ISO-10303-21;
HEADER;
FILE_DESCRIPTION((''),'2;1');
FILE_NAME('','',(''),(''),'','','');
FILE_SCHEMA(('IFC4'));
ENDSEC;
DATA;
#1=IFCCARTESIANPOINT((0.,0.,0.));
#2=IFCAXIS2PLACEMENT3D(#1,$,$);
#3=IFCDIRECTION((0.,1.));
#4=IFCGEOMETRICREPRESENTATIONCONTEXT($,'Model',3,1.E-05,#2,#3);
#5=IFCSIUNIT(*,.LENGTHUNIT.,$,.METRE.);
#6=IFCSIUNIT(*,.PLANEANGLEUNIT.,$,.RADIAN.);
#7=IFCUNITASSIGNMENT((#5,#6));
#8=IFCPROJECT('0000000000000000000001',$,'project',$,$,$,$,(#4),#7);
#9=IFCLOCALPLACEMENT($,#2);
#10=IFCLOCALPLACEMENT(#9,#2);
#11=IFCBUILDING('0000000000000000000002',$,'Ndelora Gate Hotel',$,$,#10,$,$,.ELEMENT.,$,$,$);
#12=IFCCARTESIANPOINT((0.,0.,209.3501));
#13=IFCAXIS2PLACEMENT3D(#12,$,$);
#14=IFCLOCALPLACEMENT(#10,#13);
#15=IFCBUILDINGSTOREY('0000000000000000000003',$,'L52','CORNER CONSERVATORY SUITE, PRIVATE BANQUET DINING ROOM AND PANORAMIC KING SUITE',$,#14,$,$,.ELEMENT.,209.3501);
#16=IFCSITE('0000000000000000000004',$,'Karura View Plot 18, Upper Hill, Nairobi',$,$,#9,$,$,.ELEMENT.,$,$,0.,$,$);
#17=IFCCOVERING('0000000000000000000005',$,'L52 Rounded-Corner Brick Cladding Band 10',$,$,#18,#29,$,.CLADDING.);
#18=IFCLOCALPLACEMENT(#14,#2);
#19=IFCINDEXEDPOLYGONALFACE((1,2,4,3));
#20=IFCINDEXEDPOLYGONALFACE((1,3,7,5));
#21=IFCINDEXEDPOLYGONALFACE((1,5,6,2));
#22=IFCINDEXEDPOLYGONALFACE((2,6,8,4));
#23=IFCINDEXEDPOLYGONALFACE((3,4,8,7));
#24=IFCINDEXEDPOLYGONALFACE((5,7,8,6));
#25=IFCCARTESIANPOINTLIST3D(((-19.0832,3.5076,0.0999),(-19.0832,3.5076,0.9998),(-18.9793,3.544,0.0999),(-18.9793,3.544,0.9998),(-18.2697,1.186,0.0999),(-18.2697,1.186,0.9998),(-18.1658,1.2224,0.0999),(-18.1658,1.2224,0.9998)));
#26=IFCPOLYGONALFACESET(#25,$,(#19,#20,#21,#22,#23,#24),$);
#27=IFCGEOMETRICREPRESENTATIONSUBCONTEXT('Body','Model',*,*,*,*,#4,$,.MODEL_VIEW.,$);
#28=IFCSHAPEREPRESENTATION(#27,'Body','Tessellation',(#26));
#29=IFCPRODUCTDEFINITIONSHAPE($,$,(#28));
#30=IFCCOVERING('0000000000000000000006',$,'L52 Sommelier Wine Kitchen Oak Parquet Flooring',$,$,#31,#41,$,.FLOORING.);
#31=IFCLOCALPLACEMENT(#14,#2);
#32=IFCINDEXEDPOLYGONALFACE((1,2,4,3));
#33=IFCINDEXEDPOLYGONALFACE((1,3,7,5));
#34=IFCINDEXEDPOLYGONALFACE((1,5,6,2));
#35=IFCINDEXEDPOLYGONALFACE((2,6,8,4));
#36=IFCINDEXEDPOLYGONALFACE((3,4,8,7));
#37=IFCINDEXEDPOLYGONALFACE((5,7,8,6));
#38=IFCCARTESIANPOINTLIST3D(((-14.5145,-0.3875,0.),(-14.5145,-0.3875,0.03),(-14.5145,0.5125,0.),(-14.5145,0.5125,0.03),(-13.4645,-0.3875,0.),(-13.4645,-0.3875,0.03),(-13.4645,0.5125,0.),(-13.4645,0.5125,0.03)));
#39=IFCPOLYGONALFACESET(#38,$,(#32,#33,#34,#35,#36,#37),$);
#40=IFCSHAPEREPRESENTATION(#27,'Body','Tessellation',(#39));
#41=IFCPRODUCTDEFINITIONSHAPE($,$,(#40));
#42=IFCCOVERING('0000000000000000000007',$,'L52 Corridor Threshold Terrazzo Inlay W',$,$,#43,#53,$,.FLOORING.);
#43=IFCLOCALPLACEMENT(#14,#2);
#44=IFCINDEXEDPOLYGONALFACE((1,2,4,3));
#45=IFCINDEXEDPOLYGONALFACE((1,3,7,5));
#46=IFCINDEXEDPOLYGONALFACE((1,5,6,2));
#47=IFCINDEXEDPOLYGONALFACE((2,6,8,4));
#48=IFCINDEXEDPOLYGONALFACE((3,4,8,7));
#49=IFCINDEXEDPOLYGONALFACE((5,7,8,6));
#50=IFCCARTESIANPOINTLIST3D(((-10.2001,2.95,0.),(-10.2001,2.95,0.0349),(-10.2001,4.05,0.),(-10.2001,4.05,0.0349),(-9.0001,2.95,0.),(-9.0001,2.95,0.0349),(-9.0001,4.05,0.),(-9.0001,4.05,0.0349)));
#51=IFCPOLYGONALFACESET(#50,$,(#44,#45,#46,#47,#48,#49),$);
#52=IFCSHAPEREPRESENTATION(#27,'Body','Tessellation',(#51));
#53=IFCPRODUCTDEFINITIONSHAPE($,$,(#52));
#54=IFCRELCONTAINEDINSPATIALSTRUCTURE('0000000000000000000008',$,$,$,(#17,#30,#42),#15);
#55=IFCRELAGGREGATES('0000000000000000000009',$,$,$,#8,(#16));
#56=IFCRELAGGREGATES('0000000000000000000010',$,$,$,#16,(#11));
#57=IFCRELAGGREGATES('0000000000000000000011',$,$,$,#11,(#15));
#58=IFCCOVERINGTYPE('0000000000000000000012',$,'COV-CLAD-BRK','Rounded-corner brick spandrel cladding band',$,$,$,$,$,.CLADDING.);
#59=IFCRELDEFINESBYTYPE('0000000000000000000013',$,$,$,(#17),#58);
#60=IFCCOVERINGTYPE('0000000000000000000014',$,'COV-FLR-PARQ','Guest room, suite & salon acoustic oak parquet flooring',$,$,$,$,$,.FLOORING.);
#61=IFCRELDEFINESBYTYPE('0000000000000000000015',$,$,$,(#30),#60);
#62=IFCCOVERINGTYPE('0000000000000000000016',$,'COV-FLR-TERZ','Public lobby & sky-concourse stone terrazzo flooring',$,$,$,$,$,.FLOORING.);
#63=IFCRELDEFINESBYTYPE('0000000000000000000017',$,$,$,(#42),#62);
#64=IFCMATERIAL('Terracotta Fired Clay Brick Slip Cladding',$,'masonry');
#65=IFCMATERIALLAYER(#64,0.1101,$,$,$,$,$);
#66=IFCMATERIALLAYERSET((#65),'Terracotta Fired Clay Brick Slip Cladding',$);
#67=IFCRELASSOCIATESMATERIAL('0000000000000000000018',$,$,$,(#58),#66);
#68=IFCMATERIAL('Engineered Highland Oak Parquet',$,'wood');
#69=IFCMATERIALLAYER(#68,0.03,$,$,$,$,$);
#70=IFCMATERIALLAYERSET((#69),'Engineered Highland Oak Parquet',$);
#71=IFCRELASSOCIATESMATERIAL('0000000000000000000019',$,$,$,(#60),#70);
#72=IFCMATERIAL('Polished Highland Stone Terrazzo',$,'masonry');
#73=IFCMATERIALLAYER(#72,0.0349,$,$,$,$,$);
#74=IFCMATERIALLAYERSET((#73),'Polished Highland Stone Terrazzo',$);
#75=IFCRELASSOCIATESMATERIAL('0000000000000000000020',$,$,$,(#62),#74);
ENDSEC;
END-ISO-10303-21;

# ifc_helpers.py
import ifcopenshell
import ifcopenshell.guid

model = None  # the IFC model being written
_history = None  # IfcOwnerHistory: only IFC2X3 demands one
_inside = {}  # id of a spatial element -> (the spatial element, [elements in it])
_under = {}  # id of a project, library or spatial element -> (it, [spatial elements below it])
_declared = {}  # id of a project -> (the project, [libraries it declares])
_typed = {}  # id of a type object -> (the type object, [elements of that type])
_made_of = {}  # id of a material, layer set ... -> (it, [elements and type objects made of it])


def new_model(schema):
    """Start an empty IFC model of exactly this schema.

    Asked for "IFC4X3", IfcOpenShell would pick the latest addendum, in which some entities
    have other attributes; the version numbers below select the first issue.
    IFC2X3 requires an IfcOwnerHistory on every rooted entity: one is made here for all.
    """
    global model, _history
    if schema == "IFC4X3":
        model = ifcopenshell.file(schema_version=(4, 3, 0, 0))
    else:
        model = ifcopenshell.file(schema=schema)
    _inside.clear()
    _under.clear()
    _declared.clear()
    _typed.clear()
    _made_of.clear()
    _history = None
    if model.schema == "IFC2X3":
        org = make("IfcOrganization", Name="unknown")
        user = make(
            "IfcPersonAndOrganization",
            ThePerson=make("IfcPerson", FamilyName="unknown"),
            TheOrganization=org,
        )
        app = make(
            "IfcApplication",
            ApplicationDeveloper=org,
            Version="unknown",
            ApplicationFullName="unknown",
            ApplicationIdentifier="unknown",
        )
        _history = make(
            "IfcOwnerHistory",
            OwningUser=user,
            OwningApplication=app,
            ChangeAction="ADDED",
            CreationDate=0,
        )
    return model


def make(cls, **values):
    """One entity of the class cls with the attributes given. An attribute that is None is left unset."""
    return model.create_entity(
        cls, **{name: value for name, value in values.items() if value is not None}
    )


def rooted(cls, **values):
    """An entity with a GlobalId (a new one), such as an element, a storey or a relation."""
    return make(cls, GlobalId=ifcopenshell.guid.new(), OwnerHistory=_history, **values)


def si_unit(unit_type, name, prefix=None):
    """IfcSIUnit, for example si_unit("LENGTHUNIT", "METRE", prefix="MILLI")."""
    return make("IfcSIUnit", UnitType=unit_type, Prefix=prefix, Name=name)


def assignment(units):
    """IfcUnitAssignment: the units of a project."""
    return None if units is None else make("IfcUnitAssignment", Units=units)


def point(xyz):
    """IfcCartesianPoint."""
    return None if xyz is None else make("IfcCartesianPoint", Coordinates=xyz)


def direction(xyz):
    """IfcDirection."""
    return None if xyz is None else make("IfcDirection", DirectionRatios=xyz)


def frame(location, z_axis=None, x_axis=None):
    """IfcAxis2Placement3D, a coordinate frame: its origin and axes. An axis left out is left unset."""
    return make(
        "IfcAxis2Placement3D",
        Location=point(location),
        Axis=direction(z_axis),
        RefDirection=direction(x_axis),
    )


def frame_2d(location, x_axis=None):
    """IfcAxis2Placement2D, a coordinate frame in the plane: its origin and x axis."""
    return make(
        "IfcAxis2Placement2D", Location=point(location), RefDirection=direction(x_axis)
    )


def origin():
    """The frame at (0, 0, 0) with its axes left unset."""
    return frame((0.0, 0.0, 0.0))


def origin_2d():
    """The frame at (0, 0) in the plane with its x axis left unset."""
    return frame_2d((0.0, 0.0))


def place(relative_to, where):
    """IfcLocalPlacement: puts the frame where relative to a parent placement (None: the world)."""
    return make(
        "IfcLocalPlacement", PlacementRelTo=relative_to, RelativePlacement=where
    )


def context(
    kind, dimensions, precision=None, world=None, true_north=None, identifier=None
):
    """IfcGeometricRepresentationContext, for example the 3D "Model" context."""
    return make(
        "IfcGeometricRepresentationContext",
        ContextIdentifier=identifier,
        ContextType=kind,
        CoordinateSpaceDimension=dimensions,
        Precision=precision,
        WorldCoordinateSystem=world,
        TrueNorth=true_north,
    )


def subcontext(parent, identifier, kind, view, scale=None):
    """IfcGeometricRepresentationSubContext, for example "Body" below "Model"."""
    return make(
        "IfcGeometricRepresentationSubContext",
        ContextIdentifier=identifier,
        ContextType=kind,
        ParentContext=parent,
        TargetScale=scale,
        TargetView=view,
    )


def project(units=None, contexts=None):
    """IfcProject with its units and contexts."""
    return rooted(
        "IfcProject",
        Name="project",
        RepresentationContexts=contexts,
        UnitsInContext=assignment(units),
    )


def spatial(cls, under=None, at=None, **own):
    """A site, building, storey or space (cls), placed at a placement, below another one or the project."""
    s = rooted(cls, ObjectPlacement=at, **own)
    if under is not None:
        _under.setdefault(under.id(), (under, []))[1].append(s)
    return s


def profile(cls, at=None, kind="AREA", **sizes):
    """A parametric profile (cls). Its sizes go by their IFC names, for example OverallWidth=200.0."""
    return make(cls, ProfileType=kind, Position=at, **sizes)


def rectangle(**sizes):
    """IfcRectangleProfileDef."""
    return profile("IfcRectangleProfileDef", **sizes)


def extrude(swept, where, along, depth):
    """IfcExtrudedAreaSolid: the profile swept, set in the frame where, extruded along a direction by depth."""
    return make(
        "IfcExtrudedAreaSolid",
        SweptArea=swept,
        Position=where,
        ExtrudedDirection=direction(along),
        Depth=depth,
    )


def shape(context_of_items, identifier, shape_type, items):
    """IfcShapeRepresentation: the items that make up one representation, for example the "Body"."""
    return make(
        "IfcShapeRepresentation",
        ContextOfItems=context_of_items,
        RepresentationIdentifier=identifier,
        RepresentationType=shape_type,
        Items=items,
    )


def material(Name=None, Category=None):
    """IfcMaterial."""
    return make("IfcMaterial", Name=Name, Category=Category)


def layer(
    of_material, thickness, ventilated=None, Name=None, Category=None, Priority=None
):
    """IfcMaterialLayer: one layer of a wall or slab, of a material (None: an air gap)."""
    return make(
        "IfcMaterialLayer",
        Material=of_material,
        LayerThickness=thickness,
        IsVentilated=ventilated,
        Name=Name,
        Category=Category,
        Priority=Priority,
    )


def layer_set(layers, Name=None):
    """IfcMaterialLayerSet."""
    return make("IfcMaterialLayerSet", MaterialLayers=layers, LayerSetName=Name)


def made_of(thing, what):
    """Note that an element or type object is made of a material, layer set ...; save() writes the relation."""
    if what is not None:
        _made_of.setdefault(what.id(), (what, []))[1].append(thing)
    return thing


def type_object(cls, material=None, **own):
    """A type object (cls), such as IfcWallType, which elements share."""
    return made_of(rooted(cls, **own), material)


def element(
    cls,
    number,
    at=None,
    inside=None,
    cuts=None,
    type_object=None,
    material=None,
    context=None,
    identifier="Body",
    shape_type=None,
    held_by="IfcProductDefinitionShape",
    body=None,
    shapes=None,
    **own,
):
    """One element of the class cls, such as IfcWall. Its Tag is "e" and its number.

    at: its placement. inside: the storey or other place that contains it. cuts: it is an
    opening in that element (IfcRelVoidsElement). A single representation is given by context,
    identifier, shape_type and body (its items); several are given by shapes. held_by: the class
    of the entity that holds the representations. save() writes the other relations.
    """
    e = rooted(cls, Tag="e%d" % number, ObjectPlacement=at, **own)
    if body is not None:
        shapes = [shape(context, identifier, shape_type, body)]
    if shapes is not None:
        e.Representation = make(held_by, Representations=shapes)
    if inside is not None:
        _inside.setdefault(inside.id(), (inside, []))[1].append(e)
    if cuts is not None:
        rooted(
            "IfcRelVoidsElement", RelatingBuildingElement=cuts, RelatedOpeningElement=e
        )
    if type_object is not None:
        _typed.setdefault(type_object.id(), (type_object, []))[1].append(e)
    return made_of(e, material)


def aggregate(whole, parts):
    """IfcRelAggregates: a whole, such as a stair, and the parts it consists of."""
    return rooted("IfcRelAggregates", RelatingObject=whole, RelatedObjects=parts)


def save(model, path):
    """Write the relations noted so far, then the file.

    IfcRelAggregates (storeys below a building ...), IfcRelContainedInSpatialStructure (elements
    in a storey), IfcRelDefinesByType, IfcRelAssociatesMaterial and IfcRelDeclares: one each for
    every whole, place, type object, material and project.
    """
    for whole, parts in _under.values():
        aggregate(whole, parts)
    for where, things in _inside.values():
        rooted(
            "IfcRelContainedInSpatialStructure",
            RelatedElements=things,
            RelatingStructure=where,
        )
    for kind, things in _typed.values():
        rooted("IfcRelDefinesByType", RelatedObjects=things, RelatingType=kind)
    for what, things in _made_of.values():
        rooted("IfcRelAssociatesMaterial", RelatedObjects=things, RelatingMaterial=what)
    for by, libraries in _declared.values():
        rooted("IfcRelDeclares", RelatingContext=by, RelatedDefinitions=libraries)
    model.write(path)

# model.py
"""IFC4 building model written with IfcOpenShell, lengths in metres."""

from ifc_helpers import new_model, si_unit, direction, frame, origin, origin_2d, place, context, subcontext, project, spatial, rectangle, extrude, material, layer, layer_set, type_object, element, save


model = new_model("IFC4")

# Units and contexts
model_context = context("Model", 3, precision=1e-05, world=origin(), true_north=direction((0.0, 1.0)))
body_context = subcontext(model_context, "Body", "Model", "MODEL_VIEW")
ifc_project = project(units=[si_unit("LENGTHUNIT", "METRE"), si_unit("PLANEANGLEUNIT", "RADIAN")], contexts=[model_context])

# Site, building, storey
site_placement = place(None, origin())
site = spatial("IfcSite", under=ifc_project, at=site_placement, Name="Karura View Plot 18, Upper Hill, Nairobi", CompositionType="ELEMENT", RefElevation=0.0)
building_placement = place(site_placement, origin())
building = spatial("IfcBuilding", under=site, at=building_placement, Name="Ndelora Gate Hotel", CompositionType="ELEMENT")
storey_placement = place(building_placement, frame((0.0, 0.0, 209.3501)))
storey = spatial("IfcBuildingStorey", under=building, at=storey_placement, Name="L52", Description="CORNER CONSERVATORY SUITE, PRIVATE BANQUET DINING ROOM AND PANORAMIC KING SUITE", CompositionType="ELEMENT", Elevation=209.3501)

# Coverings
ifc_material_1 = material(Name="Terracotta Fired Clay Brick Slip Cladding", Category="masonry")
ifc_layer_1 = layer(ifc_material_1, 0.1101)
ifc_layer_set_1 = layer_set([ifc_layer_1], Name="Terracotta Fired Clay Brick Slip Cladding")
covering_type_1 = type_object("IfcCoveringType", Name="COV-CLAD-BRK", Description="Rounded-corner brick spandrel cladding band", PredefinedType="CLADDING", material=ifc_layer_set_1)
covering_1_placement = place(storey_placement, frame((-18.6245, 2.365, 0.0999), z_axis=(0.0, 0.0, 1.0), x_axis=(-0.330679, 0.943743, 0.0)))
element("IfcCovering", 1, at=covering_1_placement, inside=storey, type_object=covering_type_1, Name="L52 Rounded-Corner Brick Cladding Band 10", PredefinedType="CLADDING", context=body_context, shape_type="SweptSolid", body=[
    extrude(rectangle(XDim=2.46, YDim=0.1101, at=origin_2d()), origin(), (0.0, 0.0, 1.0), 0.8999),
])
ifc_material_2 = material(Name="Engineered Highland Oak Parquet", Category="wood")
ifc_layer_2 = layer(ifc_material_2, 0.03)
ifc_layer_set_2 = layer_set([ifc_layer_2], Name="Engineered Highland Oak Parquet")
covering_type_2 = type_object("IfcCoveringType", Name="COV-FLR-PARQ", Description="Guest room, suite & salon acoustic oak parquet flooring", PredefinedType="FLOORING", material=ifc_layer_set_2)
covering_2_placement = place(storey_placement, frame((-13.9895, 0.0625, 0.0), z_axis=(0.0, 0.0, 1.0), x_axis=(1.0, 0.0, 0.0)))
element("IfcCovering", 2, at=covering_2_placement, inside=storey, type_object=covering_type_2, Name="L52 Sommelier Wine Kitchen Oak Parquet Flooring", PredefinedType="FLOORING", context=body_context, shape_type="SweptSolid", body=[
    extrude(rectangle(XDim=1.05, YDim=0.8999, at=origin_2d()), origin(), (0.0, 0.0, 1.0), 0.03),
])
ifc_material_3 = material(Name="Polished Highland Stone Terrazzo", Category="masonry")
ifc_layer_3 = layer(ifc_material_3, 0.0349)
ifc_layer_set_3 = layer_set([ifc_layer_3], Name="Polished Highland Stone Terrazzo")
covering_type_3 = type_object("IfcCoveringType", Name="COV-FLR-TERZ", Description="Public lobby & sky-concourse stone terrazzo flooring", PredefinedType="FLOORING", material=ifc_layer_set_3)
covering_3_placement = place(storey_placement, frame((-9.6001, 3.5, 0.0), z_axis=(0.0, 0.0, 1.0), x_axis=(1.0, 0.0, 0.0)))
element("IfcCovering", 3, at=covering_3_placement, inside=storey, type_object=covering_type_3, Name="L52 Corridor Threshold Terrazzo Inlay W", PredefinedType="FLOORING", context=body_context, shape_type="SweptSolid", body=[
    extrude(rectangle(XDim=1.2, YDim=1.1001, at=origin_2d()), origin(), (0.0, 0.0, 1.0), 0.0349),
])

save(model, "model.ifc")
